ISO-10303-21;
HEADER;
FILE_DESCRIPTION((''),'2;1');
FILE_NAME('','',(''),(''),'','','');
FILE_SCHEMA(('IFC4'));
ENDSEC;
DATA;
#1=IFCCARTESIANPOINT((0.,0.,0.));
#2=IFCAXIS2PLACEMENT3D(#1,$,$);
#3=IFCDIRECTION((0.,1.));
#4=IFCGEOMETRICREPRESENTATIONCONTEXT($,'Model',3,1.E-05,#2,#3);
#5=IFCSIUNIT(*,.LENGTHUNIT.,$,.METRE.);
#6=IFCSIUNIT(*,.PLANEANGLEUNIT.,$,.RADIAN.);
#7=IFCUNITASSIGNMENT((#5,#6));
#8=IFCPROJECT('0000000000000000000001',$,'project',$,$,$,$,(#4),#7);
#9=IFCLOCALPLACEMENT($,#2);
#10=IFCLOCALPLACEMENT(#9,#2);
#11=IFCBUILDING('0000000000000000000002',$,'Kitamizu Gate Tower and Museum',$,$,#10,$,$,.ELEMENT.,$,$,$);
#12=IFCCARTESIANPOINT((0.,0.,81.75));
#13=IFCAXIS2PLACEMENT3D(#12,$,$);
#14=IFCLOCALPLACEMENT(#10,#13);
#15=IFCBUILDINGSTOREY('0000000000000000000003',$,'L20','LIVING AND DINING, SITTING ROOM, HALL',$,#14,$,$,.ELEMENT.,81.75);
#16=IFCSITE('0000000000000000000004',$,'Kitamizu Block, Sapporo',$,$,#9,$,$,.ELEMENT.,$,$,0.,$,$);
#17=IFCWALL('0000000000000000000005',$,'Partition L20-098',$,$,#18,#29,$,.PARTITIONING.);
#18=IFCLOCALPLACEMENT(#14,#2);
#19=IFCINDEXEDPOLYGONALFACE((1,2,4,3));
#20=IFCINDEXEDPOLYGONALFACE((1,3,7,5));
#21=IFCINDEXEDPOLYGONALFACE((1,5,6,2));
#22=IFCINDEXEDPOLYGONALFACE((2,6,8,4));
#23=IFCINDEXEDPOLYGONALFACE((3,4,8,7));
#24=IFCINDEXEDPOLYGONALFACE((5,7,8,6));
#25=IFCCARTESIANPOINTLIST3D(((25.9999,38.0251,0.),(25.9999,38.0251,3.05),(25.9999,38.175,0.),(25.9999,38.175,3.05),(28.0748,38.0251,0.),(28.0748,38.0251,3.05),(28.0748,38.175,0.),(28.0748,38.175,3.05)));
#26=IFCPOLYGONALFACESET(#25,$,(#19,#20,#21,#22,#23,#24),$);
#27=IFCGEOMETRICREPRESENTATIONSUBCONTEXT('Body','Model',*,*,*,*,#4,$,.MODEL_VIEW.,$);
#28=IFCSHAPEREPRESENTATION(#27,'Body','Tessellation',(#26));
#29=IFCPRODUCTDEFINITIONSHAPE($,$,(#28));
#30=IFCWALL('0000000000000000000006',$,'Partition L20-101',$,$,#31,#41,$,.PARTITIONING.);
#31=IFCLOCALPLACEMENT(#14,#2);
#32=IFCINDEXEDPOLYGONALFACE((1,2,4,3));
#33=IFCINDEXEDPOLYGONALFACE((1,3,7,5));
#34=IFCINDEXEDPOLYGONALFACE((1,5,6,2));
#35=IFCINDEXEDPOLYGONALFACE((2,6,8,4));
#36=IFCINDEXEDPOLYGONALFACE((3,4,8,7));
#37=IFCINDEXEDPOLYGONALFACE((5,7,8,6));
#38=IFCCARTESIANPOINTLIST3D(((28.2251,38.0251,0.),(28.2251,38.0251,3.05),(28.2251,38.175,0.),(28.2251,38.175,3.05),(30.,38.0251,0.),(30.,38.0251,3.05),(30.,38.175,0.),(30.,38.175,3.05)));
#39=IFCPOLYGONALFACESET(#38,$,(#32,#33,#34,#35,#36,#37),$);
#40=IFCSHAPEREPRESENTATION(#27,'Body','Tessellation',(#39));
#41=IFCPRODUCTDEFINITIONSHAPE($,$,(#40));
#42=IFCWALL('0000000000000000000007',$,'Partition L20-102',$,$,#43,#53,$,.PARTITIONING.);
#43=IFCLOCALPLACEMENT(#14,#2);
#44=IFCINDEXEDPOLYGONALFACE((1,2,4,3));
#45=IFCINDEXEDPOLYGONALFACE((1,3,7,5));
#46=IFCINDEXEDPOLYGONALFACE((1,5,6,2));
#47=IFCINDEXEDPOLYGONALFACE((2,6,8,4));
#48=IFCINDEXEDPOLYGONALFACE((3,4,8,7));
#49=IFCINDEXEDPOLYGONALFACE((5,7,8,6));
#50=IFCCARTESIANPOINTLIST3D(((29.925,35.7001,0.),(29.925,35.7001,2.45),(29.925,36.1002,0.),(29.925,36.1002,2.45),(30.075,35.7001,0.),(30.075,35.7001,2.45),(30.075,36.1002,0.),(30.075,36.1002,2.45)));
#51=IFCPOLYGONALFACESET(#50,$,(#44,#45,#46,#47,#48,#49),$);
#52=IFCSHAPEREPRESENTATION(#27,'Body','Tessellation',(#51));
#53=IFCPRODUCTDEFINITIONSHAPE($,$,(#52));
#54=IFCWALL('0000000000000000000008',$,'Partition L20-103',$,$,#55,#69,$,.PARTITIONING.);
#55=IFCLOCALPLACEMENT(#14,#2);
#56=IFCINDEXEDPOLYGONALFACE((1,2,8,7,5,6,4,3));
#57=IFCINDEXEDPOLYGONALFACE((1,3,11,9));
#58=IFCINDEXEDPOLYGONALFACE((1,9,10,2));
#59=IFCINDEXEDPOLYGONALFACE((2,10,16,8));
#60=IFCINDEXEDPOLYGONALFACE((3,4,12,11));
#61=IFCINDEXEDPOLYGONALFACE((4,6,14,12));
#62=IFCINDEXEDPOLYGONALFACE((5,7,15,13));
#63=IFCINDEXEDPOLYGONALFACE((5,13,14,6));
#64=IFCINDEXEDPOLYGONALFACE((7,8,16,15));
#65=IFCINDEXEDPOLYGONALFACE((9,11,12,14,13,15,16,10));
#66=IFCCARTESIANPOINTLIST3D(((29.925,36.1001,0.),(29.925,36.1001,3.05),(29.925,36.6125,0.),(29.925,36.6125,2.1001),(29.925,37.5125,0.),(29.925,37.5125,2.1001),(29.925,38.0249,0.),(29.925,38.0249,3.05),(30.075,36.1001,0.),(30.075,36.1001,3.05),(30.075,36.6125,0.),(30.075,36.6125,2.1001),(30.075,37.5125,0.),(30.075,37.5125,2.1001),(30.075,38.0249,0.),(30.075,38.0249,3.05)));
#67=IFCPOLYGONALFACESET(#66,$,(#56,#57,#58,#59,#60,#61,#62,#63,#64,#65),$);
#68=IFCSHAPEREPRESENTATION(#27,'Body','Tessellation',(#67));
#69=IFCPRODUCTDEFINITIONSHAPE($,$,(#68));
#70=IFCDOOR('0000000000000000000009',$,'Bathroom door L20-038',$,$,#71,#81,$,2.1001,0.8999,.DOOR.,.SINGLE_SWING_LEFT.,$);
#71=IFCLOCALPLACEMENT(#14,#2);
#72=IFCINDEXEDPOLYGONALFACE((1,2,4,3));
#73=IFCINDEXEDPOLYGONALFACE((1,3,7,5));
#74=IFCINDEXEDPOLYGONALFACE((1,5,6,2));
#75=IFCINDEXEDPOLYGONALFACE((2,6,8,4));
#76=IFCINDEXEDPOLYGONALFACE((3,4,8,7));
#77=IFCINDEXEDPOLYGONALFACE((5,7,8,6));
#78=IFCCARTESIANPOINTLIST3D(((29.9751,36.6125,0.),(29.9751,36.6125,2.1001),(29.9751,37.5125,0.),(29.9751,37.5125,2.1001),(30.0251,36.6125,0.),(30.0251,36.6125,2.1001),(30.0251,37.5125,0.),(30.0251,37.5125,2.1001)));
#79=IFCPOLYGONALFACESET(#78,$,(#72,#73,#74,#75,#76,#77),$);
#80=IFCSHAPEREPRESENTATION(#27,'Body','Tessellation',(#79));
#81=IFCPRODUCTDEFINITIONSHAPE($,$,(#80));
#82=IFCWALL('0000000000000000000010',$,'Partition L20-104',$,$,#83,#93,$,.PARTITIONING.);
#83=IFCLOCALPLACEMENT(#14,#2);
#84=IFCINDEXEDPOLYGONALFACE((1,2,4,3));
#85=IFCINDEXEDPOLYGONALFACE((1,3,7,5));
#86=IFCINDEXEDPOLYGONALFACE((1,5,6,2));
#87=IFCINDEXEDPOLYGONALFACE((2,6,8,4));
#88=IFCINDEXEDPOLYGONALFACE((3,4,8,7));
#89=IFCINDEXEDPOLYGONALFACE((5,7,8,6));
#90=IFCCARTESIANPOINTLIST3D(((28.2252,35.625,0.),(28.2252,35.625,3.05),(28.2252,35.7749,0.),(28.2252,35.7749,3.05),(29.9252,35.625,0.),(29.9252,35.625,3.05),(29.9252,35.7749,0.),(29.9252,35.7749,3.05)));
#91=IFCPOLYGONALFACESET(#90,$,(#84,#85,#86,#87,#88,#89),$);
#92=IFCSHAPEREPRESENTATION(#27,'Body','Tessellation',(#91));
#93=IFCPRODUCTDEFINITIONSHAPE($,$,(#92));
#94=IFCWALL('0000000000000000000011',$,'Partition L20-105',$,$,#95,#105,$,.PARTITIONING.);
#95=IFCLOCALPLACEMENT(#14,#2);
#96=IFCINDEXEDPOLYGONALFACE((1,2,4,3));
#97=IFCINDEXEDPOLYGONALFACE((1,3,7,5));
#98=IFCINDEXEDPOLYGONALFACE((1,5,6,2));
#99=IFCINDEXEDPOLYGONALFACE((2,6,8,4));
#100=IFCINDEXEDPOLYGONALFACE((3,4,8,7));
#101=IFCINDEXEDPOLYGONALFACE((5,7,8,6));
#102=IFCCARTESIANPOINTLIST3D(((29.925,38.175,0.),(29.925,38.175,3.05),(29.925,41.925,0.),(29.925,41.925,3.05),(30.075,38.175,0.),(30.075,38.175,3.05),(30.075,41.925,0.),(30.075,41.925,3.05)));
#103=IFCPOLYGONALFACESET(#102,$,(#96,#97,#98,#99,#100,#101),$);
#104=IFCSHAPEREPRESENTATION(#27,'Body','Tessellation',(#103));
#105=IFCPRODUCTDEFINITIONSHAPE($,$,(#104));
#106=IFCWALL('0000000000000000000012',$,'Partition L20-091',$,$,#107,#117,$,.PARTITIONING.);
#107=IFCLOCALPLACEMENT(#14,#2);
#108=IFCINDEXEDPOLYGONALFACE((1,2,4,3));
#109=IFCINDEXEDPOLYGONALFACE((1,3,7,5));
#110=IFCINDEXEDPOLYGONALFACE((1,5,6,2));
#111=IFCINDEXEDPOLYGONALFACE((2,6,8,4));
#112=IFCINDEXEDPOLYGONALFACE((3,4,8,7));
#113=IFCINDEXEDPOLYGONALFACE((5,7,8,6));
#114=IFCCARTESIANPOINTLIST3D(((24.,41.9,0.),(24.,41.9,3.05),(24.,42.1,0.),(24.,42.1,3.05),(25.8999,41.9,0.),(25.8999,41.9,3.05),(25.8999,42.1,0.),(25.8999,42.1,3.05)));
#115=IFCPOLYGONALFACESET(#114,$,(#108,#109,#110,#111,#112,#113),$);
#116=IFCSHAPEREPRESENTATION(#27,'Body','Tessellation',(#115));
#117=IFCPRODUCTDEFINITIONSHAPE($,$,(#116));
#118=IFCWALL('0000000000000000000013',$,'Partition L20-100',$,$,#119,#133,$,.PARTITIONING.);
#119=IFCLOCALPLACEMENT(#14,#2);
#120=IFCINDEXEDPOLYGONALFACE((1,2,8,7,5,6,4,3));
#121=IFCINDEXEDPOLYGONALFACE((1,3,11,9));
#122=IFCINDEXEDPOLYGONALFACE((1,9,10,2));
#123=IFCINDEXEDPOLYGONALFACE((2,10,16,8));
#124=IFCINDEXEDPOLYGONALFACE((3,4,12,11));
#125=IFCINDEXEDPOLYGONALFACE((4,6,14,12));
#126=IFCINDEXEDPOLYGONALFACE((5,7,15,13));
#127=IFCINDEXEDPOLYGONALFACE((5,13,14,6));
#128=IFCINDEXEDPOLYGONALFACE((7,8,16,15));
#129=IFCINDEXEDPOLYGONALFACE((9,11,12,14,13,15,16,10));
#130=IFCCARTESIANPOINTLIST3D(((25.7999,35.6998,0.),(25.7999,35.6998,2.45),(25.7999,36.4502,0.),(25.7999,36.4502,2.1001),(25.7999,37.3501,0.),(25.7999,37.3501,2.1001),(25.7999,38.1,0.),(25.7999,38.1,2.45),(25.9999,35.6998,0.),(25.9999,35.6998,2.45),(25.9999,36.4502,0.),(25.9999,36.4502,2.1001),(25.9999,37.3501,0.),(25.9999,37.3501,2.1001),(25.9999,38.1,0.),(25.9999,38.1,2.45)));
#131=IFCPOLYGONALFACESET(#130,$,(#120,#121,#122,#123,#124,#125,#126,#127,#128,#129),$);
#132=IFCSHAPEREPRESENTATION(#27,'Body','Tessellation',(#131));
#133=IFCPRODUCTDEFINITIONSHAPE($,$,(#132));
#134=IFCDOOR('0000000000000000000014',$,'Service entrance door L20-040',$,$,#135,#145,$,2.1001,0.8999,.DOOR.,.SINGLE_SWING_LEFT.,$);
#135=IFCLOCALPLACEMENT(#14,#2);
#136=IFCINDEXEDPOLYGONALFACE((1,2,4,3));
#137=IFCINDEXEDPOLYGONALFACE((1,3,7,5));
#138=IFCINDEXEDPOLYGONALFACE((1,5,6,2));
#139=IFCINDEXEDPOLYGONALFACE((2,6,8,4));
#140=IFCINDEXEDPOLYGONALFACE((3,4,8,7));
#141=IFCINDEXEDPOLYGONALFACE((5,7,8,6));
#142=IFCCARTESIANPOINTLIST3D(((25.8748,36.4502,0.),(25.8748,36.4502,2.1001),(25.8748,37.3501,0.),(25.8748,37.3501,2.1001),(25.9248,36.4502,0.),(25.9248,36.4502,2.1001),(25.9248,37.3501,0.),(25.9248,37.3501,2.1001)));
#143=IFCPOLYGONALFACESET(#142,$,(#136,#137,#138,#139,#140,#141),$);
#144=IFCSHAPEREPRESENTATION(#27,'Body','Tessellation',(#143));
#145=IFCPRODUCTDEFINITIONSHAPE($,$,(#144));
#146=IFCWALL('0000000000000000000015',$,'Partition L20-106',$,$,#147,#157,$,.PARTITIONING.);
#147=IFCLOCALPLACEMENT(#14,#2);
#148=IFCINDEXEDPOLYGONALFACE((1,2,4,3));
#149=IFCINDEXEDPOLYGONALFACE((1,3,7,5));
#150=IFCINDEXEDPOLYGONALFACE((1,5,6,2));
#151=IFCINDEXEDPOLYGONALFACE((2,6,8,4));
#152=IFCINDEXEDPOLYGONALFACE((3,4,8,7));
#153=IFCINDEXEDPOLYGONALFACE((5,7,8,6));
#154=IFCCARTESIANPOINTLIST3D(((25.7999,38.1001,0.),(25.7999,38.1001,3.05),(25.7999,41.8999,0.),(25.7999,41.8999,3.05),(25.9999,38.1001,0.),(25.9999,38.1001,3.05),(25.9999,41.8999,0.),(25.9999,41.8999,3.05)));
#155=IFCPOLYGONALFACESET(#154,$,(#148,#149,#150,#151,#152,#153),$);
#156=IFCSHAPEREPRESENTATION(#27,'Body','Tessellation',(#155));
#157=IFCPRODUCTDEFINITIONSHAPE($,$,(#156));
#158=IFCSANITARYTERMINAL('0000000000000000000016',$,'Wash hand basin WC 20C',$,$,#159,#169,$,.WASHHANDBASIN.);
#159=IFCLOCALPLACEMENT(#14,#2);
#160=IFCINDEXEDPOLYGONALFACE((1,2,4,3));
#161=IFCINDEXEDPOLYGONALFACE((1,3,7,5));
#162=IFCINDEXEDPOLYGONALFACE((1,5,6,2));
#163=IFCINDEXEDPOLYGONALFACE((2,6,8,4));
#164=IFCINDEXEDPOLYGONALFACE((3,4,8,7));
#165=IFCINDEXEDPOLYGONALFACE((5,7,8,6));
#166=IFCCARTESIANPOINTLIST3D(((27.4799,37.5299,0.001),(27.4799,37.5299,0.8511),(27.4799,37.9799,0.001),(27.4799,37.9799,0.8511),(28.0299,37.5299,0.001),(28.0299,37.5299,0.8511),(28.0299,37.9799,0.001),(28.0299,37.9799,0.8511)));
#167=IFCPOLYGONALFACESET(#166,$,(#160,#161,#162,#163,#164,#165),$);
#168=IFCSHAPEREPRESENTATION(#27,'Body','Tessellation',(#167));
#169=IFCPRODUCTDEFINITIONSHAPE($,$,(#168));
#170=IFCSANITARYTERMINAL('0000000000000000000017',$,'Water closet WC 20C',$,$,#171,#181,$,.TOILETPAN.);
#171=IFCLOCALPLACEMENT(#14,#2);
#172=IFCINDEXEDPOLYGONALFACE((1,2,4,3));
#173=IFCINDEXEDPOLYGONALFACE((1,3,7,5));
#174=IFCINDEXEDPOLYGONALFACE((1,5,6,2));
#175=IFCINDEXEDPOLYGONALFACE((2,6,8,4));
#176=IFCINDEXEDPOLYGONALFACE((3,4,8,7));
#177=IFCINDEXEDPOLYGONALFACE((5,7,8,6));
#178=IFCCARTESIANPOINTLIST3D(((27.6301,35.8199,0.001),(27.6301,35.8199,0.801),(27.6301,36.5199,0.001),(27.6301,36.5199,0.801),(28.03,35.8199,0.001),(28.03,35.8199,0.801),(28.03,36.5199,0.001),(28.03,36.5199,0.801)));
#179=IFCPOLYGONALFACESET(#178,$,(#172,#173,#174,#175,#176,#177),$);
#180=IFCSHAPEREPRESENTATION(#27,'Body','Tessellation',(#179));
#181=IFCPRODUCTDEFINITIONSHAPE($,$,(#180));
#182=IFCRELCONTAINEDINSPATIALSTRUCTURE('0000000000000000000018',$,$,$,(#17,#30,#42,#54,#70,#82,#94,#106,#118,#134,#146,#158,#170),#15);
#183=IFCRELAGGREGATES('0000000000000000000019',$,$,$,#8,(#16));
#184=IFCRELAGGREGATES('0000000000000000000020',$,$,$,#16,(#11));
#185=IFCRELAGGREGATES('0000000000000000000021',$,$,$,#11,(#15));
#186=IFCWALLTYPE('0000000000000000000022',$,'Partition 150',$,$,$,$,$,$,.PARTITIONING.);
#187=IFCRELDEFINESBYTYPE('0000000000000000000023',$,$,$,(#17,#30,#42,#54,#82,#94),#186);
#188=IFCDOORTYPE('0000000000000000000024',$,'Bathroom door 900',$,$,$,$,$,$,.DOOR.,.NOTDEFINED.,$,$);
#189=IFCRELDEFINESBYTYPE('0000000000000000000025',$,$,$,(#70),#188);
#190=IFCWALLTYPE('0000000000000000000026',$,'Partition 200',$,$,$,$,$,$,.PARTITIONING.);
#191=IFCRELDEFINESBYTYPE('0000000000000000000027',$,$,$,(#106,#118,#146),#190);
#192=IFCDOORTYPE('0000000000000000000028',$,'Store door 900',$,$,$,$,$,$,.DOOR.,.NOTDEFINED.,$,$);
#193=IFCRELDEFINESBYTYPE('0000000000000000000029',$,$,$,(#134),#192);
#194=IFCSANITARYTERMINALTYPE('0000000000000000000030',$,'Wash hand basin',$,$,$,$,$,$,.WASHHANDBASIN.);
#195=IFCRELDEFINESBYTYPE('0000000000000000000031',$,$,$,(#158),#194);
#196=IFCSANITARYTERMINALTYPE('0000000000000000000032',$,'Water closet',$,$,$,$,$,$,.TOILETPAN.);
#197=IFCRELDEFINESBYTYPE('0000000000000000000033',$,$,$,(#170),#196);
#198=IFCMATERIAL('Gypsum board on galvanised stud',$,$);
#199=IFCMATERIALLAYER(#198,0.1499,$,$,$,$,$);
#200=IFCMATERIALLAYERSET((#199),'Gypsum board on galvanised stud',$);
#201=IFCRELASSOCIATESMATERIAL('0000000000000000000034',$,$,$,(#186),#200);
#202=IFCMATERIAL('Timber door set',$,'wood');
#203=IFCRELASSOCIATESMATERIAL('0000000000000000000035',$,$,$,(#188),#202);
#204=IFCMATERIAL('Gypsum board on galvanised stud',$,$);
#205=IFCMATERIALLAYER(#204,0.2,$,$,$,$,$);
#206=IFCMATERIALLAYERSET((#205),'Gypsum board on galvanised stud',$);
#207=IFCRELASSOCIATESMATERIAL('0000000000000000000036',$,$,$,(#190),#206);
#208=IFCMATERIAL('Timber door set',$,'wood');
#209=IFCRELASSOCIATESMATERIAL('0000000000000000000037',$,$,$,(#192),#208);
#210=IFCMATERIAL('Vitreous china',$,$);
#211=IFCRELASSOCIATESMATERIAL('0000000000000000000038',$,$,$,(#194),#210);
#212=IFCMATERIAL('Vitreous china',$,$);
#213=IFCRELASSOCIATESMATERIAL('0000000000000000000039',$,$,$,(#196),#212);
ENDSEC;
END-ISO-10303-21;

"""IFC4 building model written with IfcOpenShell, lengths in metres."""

from ifc_helpers import new_model, si_unit, direction, frame, frame_2d, origin, origin_2d, place, context, subcontext, project, spatial, rectangle, extrude, material, layer, layer_set, type_object, element, fill, save


model = new_model("IFC4")

# Units and contexts
model_context = context("Model", 3, precision=1e-05, world=origin(), true_north=direction((0.0, 1.0)))
body_context = subcontext(model_context, "Body", "Model", "MODEL_VIEW")
ifc_project = project(units=[si_unit("LENGTHUNIT", "METRE"), si_unit("PLANEANGLEUNIT", "RADIAN")], contexts=[model_context])

# Site, building, storey
site_placement = place(None, origin())
site = spatial("IfcSite", under=ifc_project, at=site_placement, Name="Kitamizu Block, Sapporo", CompositionType="ELEMENT", RefElevation=0.0)
building_placement = place(site_placement, origin())
building = spatial("IfcBuilding", under=site, at=building_placement, Name="Kitamizu Gate Tower and Museum", CompositionType="ELEMENT")
storey_placement = place(building_placement, frame((0.0, 0.0, 81.75)))
storey = spatial("IfcBuildingStorey", under=building, at=storey_placement, Name="L20", Description="LIVING AND DINING, SITTING ROOM, HALL", CompositionType="ELEMENT", Elevation=81.75)

# Shared definitions
ifc_material_1 = material(Name="Gypsum board on galvanised stud")
ifc_layer_1 = layer(ifc_material_1, 0.1499)
ifc_layer_set_1 = layer_set([ifc_layer_1], Name="Gypsum board on galvanised stud")
wall_type_1 = type_object("IfcWallType", Name="Partition 150", PredefinedType="PARTITIONING", material=ifc_layer_set_1)
ifc_material_2 = material(Name="Timber door set", Category="wood")
door_type_1 = type_object("IfcDoorType", Name="Bathroom door 900", OperationType="NOTDEFINED", PredefinedType="DOOR", material=ifc_material_2)

# Walls
wall_1_placement = place(storey_placement, frame((28.075, 38.1001, 0.0), z_axis=(0.0, 0.0, 1.0), x_axis=(-1.0, 0.0, 0.0)))
element("IfcWall", 1, at=wall_1_placement, inside=storey, type_object=wall_type_1, Name="Partition L20-098", PredefinedType="PARTITIONING", context=body_context, shape_type="SweptSolid", body=[
    extrude(rectangle(XDim=2.075, YDim=0.1499, at=frame_2d((1.0376, 0.0))), origin(), (0.0, 0.0, 1.0), 3.05),
])
wall_2_placement = place(storey_placement, frame((30.0, 38.1001, 0.0), z_axis=(0.0, 0.0, 1.0), x_axis=(-1.0, 0.0, 0.0)))
element("IfcWall", 2, at=wall_2_placement, inside=storey, type_object=wall_type_1, Name="Partition L20-101", PredefinedType="PARTITIONING", context=body_context, shape_type="SweptSolid", body=[
    extrude(rectangle(XDim=1.7749, YDim=0.1499, at=frame_2d((0.8875, 0.0))), origin(), (0.0, 0.0, 1.0), 3.05),
])
wall_3_placement = place(storey_placement, frame((30.0, 35.7, 0.0), z_axis=(0.0, 0.0, 1.0), x_axis=(0.0, 1.0, 0.0)))
element("IfcWall", 3, at=wall_3_placement, inside=storey, type_object=wall_type_1, Name="Partition L20-102", PredefinedType="PARTITIONING", context=body_context, shape_type="SweptSolid", body=[
    extrude(rectangle(XDim=0.4001, YDim=0.1499, at=frame_2d((0.2002, 0.0))), origin(), (0.0, 0.0, 1.0), 2.45),
])

# Wall, opening, door
wall_4_placement = place(storey_placement, frame((30.0, 36.1001, 0.0), z_axis=(0.0, 0.0, 1.0), x_axis=(0.0, 1.0, 0.0)))
wall_4 = element("IfcWall", 4, at=wall_4_placement, inside=storey, type_object=wall_type_1, Name="Partition L20-103", PredefinedType="PARTITIONING", context=body_context, shape_type="SweptSolid", body=[
    extrude(rectangle(XDim=1.9248, YDim=0.1499, at=frame_2d((0.9624, 0.0))), origin(), (0.0, 0.0, 1.0), 3.05),
])
opening_1_placement = place(wall_4_placement, frame((0.5125, 0.0, 0.0)))
opening_1 = element("IfcOpeningElement", 5, at=opening_1_placement, cuts=wall_4, PredefinedType="OPENING", context=body_context, shape_type="SweptSolid", body=[
    extrude(rectangle(XDim=0.8999, YDim=2.1001, at=frame_2d((0.45, 1.05))), frame((0.0, 0.085, 0.0), z_axis=(0.0, -1.0, 0.0), x_axis=(1.0, 0.0, 0.0)), (0.0, 0.0, 1.0), 0.1699),
])
door_1_placement = place(opening_1_placement, origin())
door_1 = element("IfcDoor", 6, at=door_1_placement, inside=storey, type_object=door_type_1, Name="Bathroom door L20-038", OperationType="SINGLE_SWING_LEFT", OverallHeight=2.1001, OverallWidth=0.8999, PredefinedType="DOOR", context=body_context, shape_type="SweptSolid", body=[
    extrude(rectangle(XDim=0.8999, YDim=2.1001, at=frame_2d((0.45, 1.05))), frame((0.0, 0.0249, 0.0), z_axis=(0.0, -1.0, 0.0), x_axis=(1.0, 0.0, 0.0)), (0.0, 0.0, 1.0), 0.05),
])
fill(opening_1, door_1)

# Walls
wall_5_placement = place(storey_placement, frame((28.2251, 35.7, 0.0), z_axis=(0.0, 0.0, 1.0), x_axis=(1.0, 0.0, 0.0)))
element("IfcWall", 7, at=wall_5_placement, inside=storey, type_object=wall_type_1, Name="Partition L20-104", PredefinedType="PARTITIONING", context=body_context, shape_type="SweptSolid", body=[
    extrude(rectangle(XDim=1.7, YDim=0.1499, at=frame_2d((0.8501, 0.0))), origin(), (0.0, 0.0, 1.0), 3.05),
])
wall_6_placement = place(storey_placement, frame((30.0, 38.175, 0.0), z_axis=(0.0, 0.0, 1.0), x_axis=(0.0, 1.0, 0.0)))
element("IfcWall", 8, at=wall_6_placement, inside=storey, type_object=wall_type_1, Name="Partition L20-105", PredefinedType="PARTITIONING", context=body_context, shape_type="SweptSolid", body=[
    extrude(rectangle(XDim=3.75, YDim=0.1499, at=frame_2d((1.875, 0.0))), origin(), (0.0, 0.0, 1.0), 3.05),
])
ifc_material_3 = material(Name="Gypsum board on galvanised stud")
ifc_layer_2 = layer(ifc_material_3, 0.2)
ifc_layer_set_2 = layer_set([ifc_layer_2], Name="Gypsum board on galvanised stud")
wall_type_2 = type_object("IfcWallType", Name="Partition 200", PredefinedType="PARTITIONING", material=ifc_layer_set_2)
wall_7_placement = place(storey_placement, frame((24.0, 42.0, 0.0), z_axis=(0.0, 0.0, 1.0), x_axis=(1.0, 0.0, 0.0)))
element("IfcWall", 9, at=wall_7_placement, inside=storey, type_object=wall_type_2, Name="Partition L20-091", PredefinedType="PARTITIONING", context=body_context, shape_type="SweptSolid", body=[
    extrude(rectangle(XDim=1.8999, YDim=0.2, at=frame_2d((0.95, 0.0))), origin(), (0.0, 0.0, 1.0), 3.05),
])

# Wall, opening, door
wall_8_placement = place(storey_placement, frame((25.8999, 38.1001, 0.0), z_axis=(0.0, 0.0, 1.0), x_axis=(0.0, -1.0, 0.0)))
wall_8 = element("IfcWall", 10, at=wall_8_placement, inside=storey, type_object=wall_type_2, Name="Partition L20-100", PredefinedType="PARTITIONING", context=body_context, shape_type="SweptSolid", body=[
    extrude(rectangle(XDim=2.4001, YDim=0.2, at=frame_2d((1.2002, 0.0))), origin(), (0.0, 0.0, 1.0), 2.45),
])
opening_2_placement = place(wall_8_placement, frame((0.75, 0.0, 0.0)))
opening_2 = element("IfcOpeningElement", 11, at=opening_2_placement, cuts=wall_8, PredefinedType="OPENING", context=body_context, shape_type="SweptSolid", body=[
    extrude(rectangle(XDim=0.8999, YDim=2.1001, at=frame_2d((0.45, 1.05))), frame((0.0, 0.1099, 0.0), z_axis=(0.0, -1.0, 0.0), x_axis=(1.0, 0.0, 0.0)), (0.0, 0.0, 1.0), 0.22),
])
ifc_material_4 = material(Name="Timber door set", Category="wood")
door_type_2 = type_object("IfcDoorType", Name="Store door 900", OperationType="NOTDEFINED", PredefinedType="DOOR", material=ifc_material_4)
door_2_placement = place(opening_2_placement, origin())
door_2 = element("IfcDoor", 12, at=door_2_placement, inside=storey, type_object=door_type_2, Name="Service entrance door L20-040", OperationType="SINGLE_SWING_LEFT", OverallHeight=2.1001, OverallWidth=0.8999, PredefinedType="DOOR", context=body_context, shape_type="SweptSolid", body=[
    extrude(rectangle(XDim=0.8999, YDim=2.1001, at=frame_2d((0.45, 1.05))), frame((0.0, 0.0249, 0.0), z_axis=(0.0, -1.0, 0.0), x_axis=(1.0, 0.0, 0.0)), (0.0, 0.0, 1.0), 0.05),
])
fill(opening_2, door_2)

# Wall
wall_9_placement = place(storey_placement, frame((25.8999, 41.8999, 0.0), z_axis=(0.0, 0.0, 1.0), x_axis=(0.0, -1.0, 0.0)))
element("IfcWall", 13, at=wall_9_placement, inside=storey, type_object=wall_type_2, Name="Partition L20-106", PredefinedType="PARTITIONING", context=body_context, shape_type="SweptSolid", body=[
    extrude(rectangle(XDim=3.7998, YDim=0.2, at=frame_2d((1.8999, 0.0))), origin(), (0.0, 0.0, 1.0), 3.05),
])

# Sanitary terminals
ifc_material_5 = material(Name="Vitreous china")
sanitary_terminal_type_1 = type_object("IfcSanitaryTerminalType", Name="Wash hand basin", PredefinedType="WASHHANDBASIN", material=ifc_material_5)
sanitary_terminal_1_placement = place(storey_placement, frame((27.7549, 37.7549, 0.001), z_axis=(0.0, 0.0, 1.0), x_axis=(1.0, 0.0, 0.0)))
element("IfcSanitaryTerminal", 14, at=sanitary_terminal_1_placement, inside=storey, type_object=sanitary_terminal_type_1, Name="Wash hand basin WC 20C", PredefinedType="WASHHANDBASIN", context=body_context, shape_type="SweptSolid", body=[
    extrude(rectangle(XDim=0.55, YDim=0.45, at=origin_2d()), origin(), (0.0, 0.0, 1.0), 0.8501),
])
ifc_material_6 = material(Name="Vitreous china")
sanitary_terminal_type_2 = type_object("IfcSanitaryTerminalType", Name="Water closet", PredefinedType="TOILETPAN", material=ifc_material_6)
sanitary_terminal_2_placement = place(storey_placement, frame((27.8301, 36.1699, 0.001), z_axis=(0.0, 0.0, 1.0), x_axis=(1.0, 0.0, 0.0)))
element("IfcSanitaryTerminal", 15, at=sanitary_terminal_2_placement, inside=storey, type_object=sanitary_terminal_type_2, Name="Water closet WC 20C", PredefinedType="TOILETPAN", context=body_context, shape_type="SweptSolid", body=[
    extrude(rectangle(XDim=0.3999, YDim=0.7, at=origin_2d()), origin(), (0.0, 0.0, 1.0), 0.8),
])

save(model, "model.ifc")
